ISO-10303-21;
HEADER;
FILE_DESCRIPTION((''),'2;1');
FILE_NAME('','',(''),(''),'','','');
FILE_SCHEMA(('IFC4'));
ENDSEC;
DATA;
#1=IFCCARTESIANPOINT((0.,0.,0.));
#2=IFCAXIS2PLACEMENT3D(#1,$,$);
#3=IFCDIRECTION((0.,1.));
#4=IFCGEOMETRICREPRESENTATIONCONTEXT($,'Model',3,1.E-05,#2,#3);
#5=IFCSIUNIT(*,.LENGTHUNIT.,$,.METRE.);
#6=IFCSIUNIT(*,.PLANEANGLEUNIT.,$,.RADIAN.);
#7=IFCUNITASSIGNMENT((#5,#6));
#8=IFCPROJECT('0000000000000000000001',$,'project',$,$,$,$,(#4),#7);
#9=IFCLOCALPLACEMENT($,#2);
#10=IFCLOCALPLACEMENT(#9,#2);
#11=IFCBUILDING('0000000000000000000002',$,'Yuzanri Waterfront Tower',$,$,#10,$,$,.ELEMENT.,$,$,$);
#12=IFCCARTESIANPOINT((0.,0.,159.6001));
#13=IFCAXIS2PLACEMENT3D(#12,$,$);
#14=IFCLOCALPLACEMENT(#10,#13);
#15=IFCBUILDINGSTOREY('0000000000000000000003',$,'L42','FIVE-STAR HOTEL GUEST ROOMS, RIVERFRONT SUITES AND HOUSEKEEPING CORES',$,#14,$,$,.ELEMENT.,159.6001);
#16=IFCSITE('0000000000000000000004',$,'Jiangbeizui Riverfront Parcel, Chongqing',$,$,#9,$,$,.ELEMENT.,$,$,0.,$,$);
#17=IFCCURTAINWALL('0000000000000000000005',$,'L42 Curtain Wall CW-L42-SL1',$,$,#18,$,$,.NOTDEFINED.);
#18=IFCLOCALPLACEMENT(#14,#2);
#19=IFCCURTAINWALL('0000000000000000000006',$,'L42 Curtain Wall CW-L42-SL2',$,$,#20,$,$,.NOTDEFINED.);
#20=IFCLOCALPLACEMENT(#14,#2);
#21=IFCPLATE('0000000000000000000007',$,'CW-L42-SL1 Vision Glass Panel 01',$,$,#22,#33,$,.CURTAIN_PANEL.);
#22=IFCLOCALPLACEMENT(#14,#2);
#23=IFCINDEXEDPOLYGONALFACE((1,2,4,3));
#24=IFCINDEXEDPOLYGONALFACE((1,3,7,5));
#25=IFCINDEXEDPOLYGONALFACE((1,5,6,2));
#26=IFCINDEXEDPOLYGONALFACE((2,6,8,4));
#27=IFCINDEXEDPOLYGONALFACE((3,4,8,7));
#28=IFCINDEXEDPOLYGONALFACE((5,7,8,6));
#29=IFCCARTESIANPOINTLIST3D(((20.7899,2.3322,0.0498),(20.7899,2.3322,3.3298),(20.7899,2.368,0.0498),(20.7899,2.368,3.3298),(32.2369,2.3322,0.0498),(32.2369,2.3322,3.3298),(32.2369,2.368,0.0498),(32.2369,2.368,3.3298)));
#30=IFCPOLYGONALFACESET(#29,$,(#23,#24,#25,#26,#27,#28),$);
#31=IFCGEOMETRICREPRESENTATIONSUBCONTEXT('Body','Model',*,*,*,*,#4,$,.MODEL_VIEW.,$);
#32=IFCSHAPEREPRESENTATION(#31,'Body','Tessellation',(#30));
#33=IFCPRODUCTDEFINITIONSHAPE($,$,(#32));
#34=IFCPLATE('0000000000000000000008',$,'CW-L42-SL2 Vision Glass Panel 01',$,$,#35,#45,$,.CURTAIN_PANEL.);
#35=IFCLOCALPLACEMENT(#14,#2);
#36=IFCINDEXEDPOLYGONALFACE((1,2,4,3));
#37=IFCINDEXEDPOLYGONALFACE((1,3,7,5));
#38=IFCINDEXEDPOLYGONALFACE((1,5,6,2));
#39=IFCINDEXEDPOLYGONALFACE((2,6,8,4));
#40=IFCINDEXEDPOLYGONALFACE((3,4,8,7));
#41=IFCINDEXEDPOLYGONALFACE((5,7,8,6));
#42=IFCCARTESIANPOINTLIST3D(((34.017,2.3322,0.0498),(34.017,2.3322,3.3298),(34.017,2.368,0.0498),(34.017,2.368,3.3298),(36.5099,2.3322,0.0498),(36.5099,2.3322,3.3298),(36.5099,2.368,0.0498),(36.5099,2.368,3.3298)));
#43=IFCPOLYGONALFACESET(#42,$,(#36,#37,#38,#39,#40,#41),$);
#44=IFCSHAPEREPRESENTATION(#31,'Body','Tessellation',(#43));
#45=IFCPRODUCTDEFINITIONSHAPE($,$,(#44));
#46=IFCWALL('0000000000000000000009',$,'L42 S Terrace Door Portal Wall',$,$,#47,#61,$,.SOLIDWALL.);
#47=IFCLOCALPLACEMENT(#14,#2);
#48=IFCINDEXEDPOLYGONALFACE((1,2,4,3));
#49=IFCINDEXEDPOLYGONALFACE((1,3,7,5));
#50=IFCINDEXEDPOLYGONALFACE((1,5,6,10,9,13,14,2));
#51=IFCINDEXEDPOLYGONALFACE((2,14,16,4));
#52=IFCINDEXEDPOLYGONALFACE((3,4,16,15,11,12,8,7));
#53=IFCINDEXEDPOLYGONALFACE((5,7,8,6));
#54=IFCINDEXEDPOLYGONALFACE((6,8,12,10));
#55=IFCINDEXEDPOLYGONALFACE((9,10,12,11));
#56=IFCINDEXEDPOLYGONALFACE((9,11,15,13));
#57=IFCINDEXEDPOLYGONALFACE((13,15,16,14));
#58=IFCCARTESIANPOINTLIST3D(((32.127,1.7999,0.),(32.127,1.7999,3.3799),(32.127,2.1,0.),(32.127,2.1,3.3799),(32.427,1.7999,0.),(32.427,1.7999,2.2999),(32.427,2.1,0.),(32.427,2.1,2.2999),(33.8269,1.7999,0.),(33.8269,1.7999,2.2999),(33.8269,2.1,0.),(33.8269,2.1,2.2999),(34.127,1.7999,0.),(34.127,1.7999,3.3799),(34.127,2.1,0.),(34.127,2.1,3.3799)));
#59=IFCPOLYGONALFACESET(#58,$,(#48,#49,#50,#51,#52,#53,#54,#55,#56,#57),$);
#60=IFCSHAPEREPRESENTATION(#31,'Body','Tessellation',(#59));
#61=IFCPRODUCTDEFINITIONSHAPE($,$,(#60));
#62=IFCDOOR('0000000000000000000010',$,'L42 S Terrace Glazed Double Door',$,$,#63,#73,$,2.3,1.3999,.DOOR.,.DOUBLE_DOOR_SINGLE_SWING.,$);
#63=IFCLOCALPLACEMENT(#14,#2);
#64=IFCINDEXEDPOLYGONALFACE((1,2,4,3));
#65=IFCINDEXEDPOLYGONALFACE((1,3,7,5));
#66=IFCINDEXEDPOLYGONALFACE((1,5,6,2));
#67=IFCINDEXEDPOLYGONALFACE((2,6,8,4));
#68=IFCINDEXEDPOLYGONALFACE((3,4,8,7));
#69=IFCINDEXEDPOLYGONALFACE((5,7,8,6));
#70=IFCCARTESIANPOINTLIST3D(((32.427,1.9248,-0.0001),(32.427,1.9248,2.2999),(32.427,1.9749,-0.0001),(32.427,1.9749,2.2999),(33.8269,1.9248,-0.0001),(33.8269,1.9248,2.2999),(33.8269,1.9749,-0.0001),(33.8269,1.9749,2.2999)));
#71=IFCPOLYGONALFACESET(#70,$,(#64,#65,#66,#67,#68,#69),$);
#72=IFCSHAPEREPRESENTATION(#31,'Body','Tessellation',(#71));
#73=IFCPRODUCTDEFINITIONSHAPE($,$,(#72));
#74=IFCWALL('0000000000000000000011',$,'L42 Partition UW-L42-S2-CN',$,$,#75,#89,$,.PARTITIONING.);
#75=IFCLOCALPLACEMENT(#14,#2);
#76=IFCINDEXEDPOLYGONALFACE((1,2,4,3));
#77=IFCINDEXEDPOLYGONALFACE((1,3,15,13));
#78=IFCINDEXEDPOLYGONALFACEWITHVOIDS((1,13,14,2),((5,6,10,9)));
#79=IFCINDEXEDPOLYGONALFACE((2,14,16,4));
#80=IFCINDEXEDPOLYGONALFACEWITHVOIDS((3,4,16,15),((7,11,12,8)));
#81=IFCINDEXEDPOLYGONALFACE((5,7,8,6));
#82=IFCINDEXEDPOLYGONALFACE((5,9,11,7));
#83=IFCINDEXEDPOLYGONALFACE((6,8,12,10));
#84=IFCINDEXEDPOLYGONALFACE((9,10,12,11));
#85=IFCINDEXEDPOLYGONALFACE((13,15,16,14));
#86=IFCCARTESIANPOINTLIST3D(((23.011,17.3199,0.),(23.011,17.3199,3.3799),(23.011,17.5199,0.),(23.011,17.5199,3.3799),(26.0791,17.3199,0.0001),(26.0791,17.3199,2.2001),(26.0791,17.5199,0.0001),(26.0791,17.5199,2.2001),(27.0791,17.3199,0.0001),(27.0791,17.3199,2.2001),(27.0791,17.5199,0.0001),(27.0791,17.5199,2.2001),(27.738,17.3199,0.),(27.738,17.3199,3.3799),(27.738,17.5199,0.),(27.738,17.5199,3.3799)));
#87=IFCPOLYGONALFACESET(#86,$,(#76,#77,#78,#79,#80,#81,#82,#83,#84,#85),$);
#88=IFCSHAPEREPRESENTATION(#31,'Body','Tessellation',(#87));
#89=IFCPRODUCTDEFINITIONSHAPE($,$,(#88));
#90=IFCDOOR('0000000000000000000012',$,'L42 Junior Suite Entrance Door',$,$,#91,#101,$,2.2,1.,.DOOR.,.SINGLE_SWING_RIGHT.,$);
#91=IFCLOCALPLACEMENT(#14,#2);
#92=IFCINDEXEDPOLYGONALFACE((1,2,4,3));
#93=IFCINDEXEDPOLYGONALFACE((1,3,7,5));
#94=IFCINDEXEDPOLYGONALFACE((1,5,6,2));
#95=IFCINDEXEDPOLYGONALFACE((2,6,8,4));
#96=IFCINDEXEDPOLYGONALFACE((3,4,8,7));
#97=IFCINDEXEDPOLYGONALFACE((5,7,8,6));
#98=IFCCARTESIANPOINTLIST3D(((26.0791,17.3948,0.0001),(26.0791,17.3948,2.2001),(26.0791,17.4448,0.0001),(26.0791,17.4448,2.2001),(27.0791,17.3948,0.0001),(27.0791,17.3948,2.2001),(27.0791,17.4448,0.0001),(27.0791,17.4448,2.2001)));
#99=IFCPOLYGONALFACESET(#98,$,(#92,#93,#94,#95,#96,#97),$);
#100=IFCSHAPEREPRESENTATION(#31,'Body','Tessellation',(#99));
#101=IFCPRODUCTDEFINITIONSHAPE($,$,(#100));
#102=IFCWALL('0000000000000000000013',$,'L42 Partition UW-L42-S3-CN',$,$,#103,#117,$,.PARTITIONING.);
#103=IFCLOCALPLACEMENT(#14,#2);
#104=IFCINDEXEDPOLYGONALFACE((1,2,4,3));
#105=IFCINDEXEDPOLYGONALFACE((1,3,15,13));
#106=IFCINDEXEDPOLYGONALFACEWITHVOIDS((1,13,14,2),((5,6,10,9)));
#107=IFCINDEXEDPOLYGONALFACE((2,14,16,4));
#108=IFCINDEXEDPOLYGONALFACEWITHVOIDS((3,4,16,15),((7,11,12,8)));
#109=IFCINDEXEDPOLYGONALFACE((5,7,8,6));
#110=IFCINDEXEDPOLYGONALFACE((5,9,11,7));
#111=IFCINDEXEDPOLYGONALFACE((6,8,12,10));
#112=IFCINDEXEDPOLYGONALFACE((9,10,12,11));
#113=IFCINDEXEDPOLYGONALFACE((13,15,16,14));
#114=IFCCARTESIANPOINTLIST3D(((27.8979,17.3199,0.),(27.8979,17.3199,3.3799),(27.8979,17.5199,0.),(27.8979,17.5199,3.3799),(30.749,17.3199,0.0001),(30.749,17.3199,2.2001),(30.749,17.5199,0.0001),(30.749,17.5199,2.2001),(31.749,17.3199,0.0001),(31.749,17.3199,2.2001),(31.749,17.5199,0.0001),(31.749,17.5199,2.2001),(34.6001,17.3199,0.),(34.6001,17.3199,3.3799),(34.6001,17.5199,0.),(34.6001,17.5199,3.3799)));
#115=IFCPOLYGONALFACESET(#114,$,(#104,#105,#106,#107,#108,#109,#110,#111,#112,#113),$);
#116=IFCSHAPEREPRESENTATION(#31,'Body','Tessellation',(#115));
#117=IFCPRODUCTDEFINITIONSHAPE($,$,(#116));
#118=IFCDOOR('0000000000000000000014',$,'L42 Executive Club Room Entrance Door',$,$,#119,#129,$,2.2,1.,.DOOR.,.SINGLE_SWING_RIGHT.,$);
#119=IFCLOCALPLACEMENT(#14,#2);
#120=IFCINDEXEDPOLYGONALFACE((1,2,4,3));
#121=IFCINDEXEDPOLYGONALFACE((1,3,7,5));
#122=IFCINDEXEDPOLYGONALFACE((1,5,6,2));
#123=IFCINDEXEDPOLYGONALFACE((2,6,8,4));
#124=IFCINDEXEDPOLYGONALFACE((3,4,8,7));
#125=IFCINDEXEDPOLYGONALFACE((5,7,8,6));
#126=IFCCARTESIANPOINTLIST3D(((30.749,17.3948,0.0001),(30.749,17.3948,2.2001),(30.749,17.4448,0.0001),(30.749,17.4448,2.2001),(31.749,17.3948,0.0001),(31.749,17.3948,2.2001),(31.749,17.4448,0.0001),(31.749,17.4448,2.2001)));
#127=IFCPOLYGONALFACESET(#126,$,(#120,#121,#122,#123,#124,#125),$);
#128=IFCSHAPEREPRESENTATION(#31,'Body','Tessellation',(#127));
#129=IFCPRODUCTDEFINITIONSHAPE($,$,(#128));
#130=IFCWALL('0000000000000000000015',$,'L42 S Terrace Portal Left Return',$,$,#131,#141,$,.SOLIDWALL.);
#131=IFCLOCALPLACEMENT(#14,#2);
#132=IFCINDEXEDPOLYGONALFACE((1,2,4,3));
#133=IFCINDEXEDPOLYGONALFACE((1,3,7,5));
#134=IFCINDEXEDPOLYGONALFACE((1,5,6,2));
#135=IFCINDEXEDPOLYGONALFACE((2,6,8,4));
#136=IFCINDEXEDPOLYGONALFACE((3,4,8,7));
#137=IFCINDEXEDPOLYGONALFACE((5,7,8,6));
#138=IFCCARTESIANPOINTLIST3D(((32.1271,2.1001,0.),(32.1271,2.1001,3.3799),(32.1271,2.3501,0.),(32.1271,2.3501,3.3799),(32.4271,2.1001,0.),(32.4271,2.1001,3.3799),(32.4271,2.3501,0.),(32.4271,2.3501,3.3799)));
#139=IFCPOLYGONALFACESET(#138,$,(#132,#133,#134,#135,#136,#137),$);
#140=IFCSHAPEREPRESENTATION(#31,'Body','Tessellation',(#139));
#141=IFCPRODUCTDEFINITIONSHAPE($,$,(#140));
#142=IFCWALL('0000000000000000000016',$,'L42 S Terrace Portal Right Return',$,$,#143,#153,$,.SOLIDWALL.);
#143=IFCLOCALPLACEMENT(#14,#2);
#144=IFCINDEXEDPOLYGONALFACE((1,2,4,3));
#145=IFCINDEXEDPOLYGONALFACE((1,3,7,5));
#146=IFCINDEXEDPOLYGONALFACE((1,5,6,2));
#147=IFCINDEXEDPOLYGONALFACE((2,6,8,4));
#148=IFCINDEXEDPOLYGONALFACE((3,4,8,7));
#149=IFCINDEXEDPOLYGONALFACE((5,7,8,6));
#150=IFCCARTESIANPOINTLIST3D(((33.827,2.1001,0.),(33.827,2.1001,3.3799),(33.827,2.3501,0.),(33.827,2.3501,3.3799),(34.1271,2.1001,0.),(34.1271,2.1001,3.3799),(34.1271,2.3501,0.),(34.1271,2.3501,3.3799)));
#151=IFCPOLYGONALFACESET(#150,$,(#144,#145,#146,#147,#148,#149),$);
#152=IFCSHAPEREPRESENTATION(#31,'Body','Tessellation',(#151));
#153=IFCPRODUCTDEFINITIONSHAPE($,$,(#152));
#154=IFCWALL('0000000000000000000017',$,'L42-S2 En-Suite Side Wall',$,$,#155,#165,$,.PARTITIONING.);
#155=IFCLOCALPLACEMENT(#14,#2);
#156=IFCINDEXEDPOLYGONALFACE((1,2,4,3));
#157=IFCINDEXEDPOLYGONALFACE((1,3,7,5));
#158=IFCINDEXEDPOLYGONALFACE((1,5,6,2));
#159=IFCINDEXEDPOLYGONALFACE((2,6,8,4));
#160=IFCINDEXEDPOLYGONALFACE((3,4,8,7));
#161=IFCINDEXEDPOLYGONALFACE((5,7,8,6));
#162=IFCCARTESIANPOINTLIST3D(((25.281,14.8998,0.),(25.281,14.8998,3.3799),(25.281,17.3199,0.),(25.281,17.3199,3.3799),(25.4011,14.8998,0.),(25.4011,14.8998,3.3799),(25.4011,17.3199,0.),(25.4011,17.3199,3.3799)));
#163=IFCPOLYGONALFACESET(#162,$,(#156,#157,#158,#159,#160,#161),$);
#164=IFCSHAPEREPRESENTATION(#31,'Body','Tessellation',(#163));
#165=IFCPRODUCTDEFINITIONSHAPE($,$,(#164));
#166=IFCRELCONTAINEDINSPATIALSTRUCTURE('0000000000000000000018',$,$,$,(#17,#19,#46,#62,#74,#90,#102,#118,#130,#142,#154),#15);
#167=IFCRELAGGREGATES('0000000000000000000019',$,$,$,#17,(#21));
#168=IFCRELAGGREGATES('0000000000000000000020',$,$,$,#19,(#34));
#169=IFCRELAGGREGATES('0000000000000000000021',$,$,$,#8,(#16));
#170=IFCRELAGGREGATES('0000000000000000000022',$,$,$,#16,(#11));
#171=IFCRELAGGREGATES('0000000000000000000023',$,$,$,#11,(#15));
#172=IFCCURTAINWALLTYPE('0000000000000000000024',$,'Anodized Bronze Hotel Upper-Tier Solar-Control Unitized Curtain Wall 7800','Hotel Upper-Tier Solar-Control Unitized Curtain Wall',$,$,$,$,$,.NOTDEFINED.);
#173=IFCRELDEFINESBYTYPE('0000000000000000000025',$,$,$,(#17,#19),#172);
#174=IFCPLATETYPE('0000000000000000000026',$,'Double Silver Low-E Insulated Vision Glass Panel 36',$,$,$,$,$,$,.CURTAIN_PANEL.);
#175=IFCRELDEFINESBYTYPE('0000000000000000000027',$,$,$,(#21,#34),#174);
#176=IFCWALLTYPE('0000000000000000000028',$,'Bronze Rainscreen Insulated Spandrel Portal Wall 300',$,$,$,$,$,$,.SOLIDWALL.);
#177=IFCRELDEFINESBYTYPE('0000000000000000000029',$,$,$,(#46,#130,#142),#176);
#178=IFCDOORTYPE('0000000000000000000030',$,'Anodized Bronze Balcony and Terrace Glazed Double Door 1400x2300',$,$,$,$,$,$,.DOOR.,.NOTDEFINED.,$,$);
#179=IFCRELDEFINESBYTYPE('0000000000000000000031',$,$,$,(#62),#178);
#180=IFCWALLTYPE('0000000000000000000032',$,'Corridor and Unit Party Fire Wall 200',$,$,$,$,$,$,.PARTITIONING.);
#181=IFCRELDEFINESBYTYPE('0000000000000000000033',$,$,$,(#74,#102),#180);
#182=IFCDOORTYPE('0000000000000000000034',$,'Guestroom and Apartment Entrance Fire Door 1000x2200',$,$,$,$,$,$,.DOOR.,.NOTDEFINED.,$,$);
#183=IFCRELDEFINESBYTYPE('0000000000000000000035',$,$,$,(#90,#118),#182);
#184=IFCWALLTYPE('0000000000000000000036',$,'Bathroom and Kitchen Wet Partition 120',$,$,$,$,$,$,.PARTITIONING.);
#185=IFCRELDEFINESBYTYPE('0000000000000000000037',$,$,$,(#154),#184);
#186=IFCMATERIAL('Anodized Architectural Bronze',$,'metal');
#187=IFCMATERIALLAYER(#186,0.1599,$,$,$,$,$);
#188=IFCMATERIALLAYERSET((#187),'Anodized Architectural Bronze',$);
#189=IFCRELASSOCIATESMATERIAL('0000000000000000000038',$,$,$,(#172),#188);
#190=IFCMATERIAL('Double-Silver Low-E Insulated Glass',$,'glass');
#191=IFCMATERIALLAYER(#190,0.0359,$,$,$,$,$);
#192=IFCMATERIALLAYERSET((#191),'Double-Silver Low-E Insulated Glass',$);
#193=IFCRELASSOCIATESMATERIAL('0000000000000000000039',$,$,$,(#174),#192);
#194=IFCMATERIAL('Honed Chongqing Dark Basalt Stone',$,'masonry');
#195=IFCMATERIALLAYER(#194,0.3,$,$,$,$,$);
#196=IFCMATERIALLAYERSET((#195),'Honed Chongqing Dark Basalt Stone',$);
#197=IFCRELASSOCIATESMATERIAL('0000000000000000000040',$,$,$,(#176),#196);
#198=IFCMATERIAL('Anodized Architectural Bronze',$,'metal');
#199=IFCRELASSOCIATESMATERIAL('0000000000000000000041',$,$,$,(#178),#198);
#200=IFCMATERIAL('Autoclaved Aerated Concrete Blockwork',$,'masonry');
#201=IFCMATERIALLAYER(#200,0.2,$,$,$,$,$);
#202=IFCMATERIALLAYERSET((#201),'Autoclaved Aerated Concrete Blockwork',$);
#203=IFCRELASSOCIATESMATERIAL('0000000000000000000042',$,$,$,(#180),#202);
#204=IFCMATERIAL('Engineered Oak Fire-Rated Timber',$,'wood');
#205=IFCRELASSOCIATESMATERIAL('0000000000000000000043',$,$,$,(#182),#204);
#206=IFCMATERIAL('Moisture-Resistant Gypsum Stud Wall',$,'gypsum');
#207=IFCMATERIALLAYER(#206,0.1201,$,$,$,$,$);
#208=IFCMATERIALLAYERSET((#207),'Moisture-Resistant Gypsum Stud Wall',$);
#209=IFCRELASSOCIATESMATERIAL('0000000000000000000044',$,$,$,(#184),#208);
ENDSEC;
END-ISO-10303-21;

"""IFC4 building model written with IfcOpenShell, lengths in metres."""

from ifc_helpers import new_model, si_unit, direction, frame, frame_2d, origin, origin_2d, place, context, subcontext, project, spatial, rectangle, extrude, source, transform, mapped, material, layer, layer_set, type_object, element, fill, aggregate, save


model = new_model("IFC4")

# Units and contexts
model_context = context("Model", 3, precision=1e-05, world=origin(), true_north=direction((0.0, 1.0)))
body_context = subcontext(model_context, "Body", "Model", "MODEL_VIEW")
ifc_project = project(units=[si_unit("LENGTHUNIT", "METRE"), si_unit("PLANEANGLEUNIT", "RADIAN")], contexts=[model_context])

# Site, building, storey
site_placement = place(None, origin())
site = spatial("IfcSite", under=ifc_project, at=site_placement, Name="Jiangbeizui Riverfront Parcel, Chongqing", CompositionType="ELEMENT", RefElevation=0.0)
building_placement = place(site_placement, origin())
building = spatial("IfcBuilding", under=site, at=building_placement, Name="Yuzanri Waterfront Tower", CompositionType="ELEMENT")
storey_placement = place(building_placement, frame((0.0, 0.0, 159.6001)))
storey = spatial("IfcBuildingStorey", under=building, at=storey_placement, Name="L42", Description="FIVE-STAR HOTEL GUEST ROOMS, RIVERFRONT SUITES AND HOUSEKEEPING CORES", CompositionType="ELEMENT", Elevation=159.6001)

# Curtain walls
ifc_material_1 = material(Name="Anodized Architectural Bronze", Category="metal")
ifc_layer_1 = layer(ifc_material_1, 0.1599)
ifc_layer_set_1 = layer_set([ifc_layer_1], Name="Anodized Architectural Bronze")
curtain_wall_type = type_object("IfcCurtainWallType", Name="Anodized Bronze Hotel Upper-Tier Solar-Control Unitized Curtain Wall 7800", Description="Hotel Upper-Tier Solar-Control Unitized Curtain Wall", PredefinedType="NOTDEFINED", material=ifc_layer_set_1)
curtain_wall_1_placement = place(storey_placement, origin())
curtain_wall_1 = element("IfcCurtainWall", 1, at=curtain_wall_1_placement, inside=storey, type_object=curtain_wall_type, Name="L42 Curtain Wall CW-L42-SL1", PredefinedType="NOTDEFINED")
curtain_wall_2_placement = place(storey_placement, origin())
curtain_wall_2 = element("IfcCurtainWall", 2, at=curtain_wall_2_placement, inside=storey, type_object=curtain_wall_type, Name="L42 Curtain Wall CW-L42-SL2", PredefinedType="NOTDEFINED")

# Plates
ifc_material_2 = material(Name="Double-Silver Low-E Insulated Glass", Category="glass")
ifc_layer_2 = layer(ifc_material_2, 0.0359)
ifc_layer_set_2 = layer_set([ifc_layer_2], Name="Double-Silver Low-E Insulated Glass")
plate_type = type_object("IfcPlateType", Name="Double Silver Low-E Insulated Vision Glass Panel 36", PredefinedType="CURTAIN_PANEL", material=ifc_layer_set_2)
shared_shape_1 = source(origin(), body_context, "Body", "SweptSolid", [
    extrude(rectangle(XDim=11.447, YDim=0.0359, at=origin_2d()), origin(), (0.0, 0.0, 1.0), 3.28),
])
plate_1_placement = place(storey_placement, frame((26.5134, 2.3501, 0.0498), z_axis=(0.0, 0.0, 1.0), x_axis=(1.0, 0.0, 0.0)))
plate_1 = element("IfcPlate", 3, at=plate_1_placement, type_object=plate_type, Name="CW-L42-SL1 Vision Glass Panel 01", PredefinedType="CURTAIN_PANEL", context=body_context, shape_type="MappedRepresentation", body=[
    mapped(shared_shape_1, transform((0.0, 0.0, 0.0), scale=1.0)),
])
aggregate(curtain_wall_1, [plate_1])
shared_shape_2 = source(origin(), body_context, "Body", "SweptSolid", [
    extrude(rectangle(XDim=2.4929, YDim=0.0359, at=origin_2d()), origin(), (0.0, 0.0, 1.0), 3.28),
])
plate_2_placement = place(storey_placement, frame((35.2634, 2.3501, 0.0498), z_axis=(0.0, 0.0, 1.0), x_axis=(1.0, 0.0, 0.0)))
plate_2 = element("IfcPlate", 4, at=plate_2_placement, type_object=plate_type, Name="CW-L42-SL2 Vision Glass Panel 01", PredefinedType="CURTAIN_PANEL", context=body_context, shape_type="MappedRepresentation", body=[
    mapped(shared_shape_2, transform((0.0, 0.0, 0.0), scale=1.0)),
])
aggregate(curtain_wall_2, [plate_2])

# Walls, openings, doors
ifc_material_3 = material(Name="Honed Chongqing Dark Basalt Stone", Category="masonry")
ifc_layer_3 = layer(ifc_material_3, 0.3)
ifc_layer_set_3 = layer_set([ifc_layer_3], Name="Honed Chongqing Dark Basalt Stone")
wall_type_1 = type_object("IfcWallType", Name="Bronze Rainscreen Insulated Spandrel Portal Wall 300", PredefinedType="SOLIDWALL", material=ifc_layer_set_3)
wall_1_placement = place(storey_placement, frame((32.127, 1.95, 0.0), z_axis=(0.0, 0.0, 1.0), x_axis=(1.0, 0.0, 0.0)))
wall_1 = element("IfcWall", 5, at=wall_1_placement, inside=storey, type_object=wall_type_1, Name="L42 S Terrace Door Portal Wall", PredefinedType="SOLIDWALL", context=body_context, shape_type="SweptSolid", body=[
    extrude(rectangle(XDim=2.0, YDim=0.3, at=frame_2d((1.0, 0.0))), origin(), (0.0, 0.0, 1.0), 3.3799),
])
opening_1_placement = place(wall_1_placement, frame((0.3, 0.0, 0.0)))
opening_1 = element("IfcOpeningElement", 6, at=opening_1_placement, cuts=wall_1, PredefinedType="OPENING", context=body_context, shape_type="SweptSolid", body=[
    extrude(rectangle(XDim=1.3999, YDim=2.3, at=frame_2d((0.7, 1.1499))), frame((0.0, 0.165, 0.0), z_axis=(0.0, -1.0, 0.0), x_axis=(1.0, 0.0, 0.0)), (0.0, 0.0, 1.0), 0.3298),
])
ifc_material_4 = material(Name="Anodized Architectural Bronze", Category="metal")
door_type_1 = type_object("IfcDoorType", Name="Anodized Bronze Balcony and Terrace Glazed Double Door 1400x2300", OperationType="NOTDEFINED", PredefinedType="DOOR", material=ifc_material_4)
shared_shape_3 = source(origin(), body_context, "Body", "SweptSolid", [
    extrude(rectangle(XDim=1.3999, YDim=2.3, at=frame_2d((0.7, 1.1499))), frame((0.0, 0.0249, 0.0), z_axis=(0.0, -1.0, 0.0), x_axis=(1.0, 0.0, 0.0)), (0.0, 0.0, 1.0), 0.05),
])
door_1_placement = place(opening_1_placement, origin())
door_1 = element("IfcDoor", 7, at=door_1_placement, inside=storey, type_object=door_type_1, Name="L42 S Terrace Glazed Double Door", OperationType="DOUBLE_DOOR_SINGLE_SWING", OverallHeight=2.3, OverallWidth=1.3999, PredefinedType="DOOR", context=body_context, shape_type="MappedRepresentation", body=[
    mapped(shared_shape_3, transform((0.0, 0.0, 0.0), scale=1.0)),
])
fill(opening_1, door_1)
ifc_material_5 = material(Name="Autoclaved Aerated Concrete Blockwork", Category="masonry")
ifc_layer_4 = layer(ifc_material_5, 0.2)
ifc_layer_set_4 = layer_set([ifc_layer_4], Name="Autoclaved Aerated Concrete Blockwork")
wall_type_2 = type_object("IfcWallType", Name="Corridor and Unit Party Fire Wall 200", PredefinedType="PARTITIONING", material=ifc_layer_set_4)
wall_2_placement = place(storey_placement, frame((23.011, 17.4199, 0.0), z_axis=(0.0, 0.0, 1.0), x_axis=(1.0, 0.0, 0.0)))
wall_2 = element("IfcWall", 8, at=wall_2_placement, inside=storey, type_object=wall_type_2, Name="L42 Partition UW-L42-S2-CN", PredefinedType="PARTITIONING", context=body_context, shape_type="SweptSolid", body=[
    extrude(rectangle(XDim=4.7271, YDim=0.2, at=frame_2d((2.3635, 0.0))), origin(), (0.0, 0.0, 1.0), 3.3799),
])
opening_2_placement = place(wall_2_placement, frame((3.0681, 0.0, 0.0)))
opening_2 = element("IfcOpeningElement", 9, at=opening_2_placement, cuts=wall_2, PredefinedType="OPENING", context=body_context, shape_type="SweptSolid", body=[
    extrude(rectangle(XDim=1.0, YDim=2.2, at=frame_2d((0.5, 1.1001))), frame((0.0, 0.1147, 0.0), z_axis=(0.0, -1.0, 0.0), x_axis=(1.0, 0.0, 0.0)), (0.0, 0.0, 1.0), 0.2297),
])
ifc_material_6 = material(Name="Engineered Oak Fire-Rated Timber", Category="wood")
door_type_2 = type_object("IfcDoorType", Name="Guestroom and Apartment Entrance Fire Door 1000x2200", OperationType="NOTDEFINED", PredefinedType="DOOR", material=ifc_material_6)
shared_shape_4 = source(origin(), body_context, "Body", "SweptSolid", [
    extrude(rectangle(XDim=1.0, YDim=2.2, at=frame_2d((0.5, 1.1001))), frame((0.0, 0.0249, 0.0), z_axis=(0.0, -1.0, 0.0), x_axis=(1.0, 0.0, 0.0)), (0.0, 0.0, 1.0), 0.05),
])
door_2_placement = place(opening_2_placement, origin())
door_2 = element("IfcDoor", 10, at=door_2_placement, inside=storey, type_object=door_type_2, Name="L42 Junior Suite Entrance Door", OperationType="SINGLE_SWING_RIGHT", OverallHeight=2.2, OverallWidth=1.0, PredefinedType="DOOR", context=body_context, shape_type="MappedRepresentation", body=[
    mapped(shared_shape_4, transform((0.0, 0.0, 0.0), scale=1.0)),
])
fill(opening_2, door_2)
wall_3_placement = place(storey_placement, frame((27.8979, 17.4199, 0.0), z_axis=(0.0, 0.0, 1.0), x_axis=(1.0, 0.0, 0.0)))
wall_3 = element("IfcWall", 11, at=wall_3_placement, inside=storey, type_object=wall_type_2, Name="L42 Partition UW-L42-S3-CN", PredefinedType="PARTITIONING", context=body_context, shape_type="SweptSolid", body=[
    extrude(rectangle(XDim=6.7021, YDim=0.2, at=frame_2d((3.3511, 0.0))), origin(), (0.0, 0.0, 1.0), 3.3799),
])
opening_3_placement = place(wall_3_placement, frame((2.8511, 0.0, 0.0)))
opening_3 = element("IfcOpeningElement", 12, at=opening_3_placement, cuts=wall_3, PredefinedType="OPENING", context=body_context, shape_type="SweptSolid", body=[
    extrude(rectangle(XDim=1.0, YDim=2.2, at=frame_2d((0.5, 1.1001))), frame((0.0, 0.1147, 0.0), z_axis=(0.0, -1.0, 0.0), x_axis=(1.0, 0.0, 0.0)), (0.0, 0.0, 1.0), 0.2297),
])
door_3_placement = place(opening_3_placement, origin())
door_3 = element("IfcDoor", 13, at=door_3_placement, inside=storey, type_object=door_type_2, Name="L42 Executive Club Room Entrance Door", OperationType="SINGLE_SWING_RIGHT", OverallHeight=2.2, OverallWidth=1.0, PredefinedType="DOOR", context=body_context, shape_type="MappedRepresentation", body=[
    mapped(shared_shape_4, transform((0.0, 0.0, 0.0), scale=1.0)),
])
fill(opening_3, door_3)

# Walls
shared_shape_5 = source(origin(), body_context, "Body", "SweptSolid", [
    extrude(rectangle(XDim=0.25, YDim=0.3, at=frame_2d((0.125, 0.0))), origin(), (0.0, 0.0, 1.0), 3.3799),
])
for number, where, z_axis, x_axis, name in (
    (14, (32.2771, 2.3501, 0.0), (0.0, 0.0, 1.0), (0.0, -1.0, 0.0), "L42 S Terrace Portal Left Return"),
    (15, (33.9771, 2.1001, 0.0), (0.0, 0.0, 1.0), (0.0, 1.0, 0.0), "L42 S Terrace Portal Right Return"),
):
    element("IfcWall", number, at=place(storey_placement, frame(where, z_axis=z_axis, x_axis=x_axis)), inside=storey, type_object=wall_type_1, Name=name, PredefinedType="SOLIDWALL", context=body_context, shape_type="MappedRepresentation", body=[
        mapped(shared_shape_5, transform((0.0, 0.0, 0.0), scale=1.0)),
    ])
ifc_material_7 = material(Name="Moisture-Resistant Gypsum Stud Wall", Category="gypsum")
ifc_layer_5 = layer(ifc_material_7, 0.1201)
ifc_layer_set_5 = layer_set([ifc_layer_5], Name="Moisture-Resistant Gypsum Stud Wall")
wall_type_3 = type_object("IfcWallType", Name="Bathroom and Kitchen Wet Partition 120", PredefinedType="PARTITIONING", material=ifc_layer_set_5)
shared_shape_6 = source(origin(), body_context, "Body", "SweptSolid", [
    extrude(rectangle(XDim=2.4202, YDim=0.1201, at=frame_2d((1.21, 0.0))), origin(), (0.0, 0.0, 1.0), 3.3799),
])
wall_4_placement = place(storey_placement, frame((25.3411, 14.8999, 0.0), z_axis=(0.0, 0.0, 1.0), x_axis=(0.0, 1.0, 0.0)))
element("IfcWall", 16, at=wall_4_placement, inside=storey, type_object=wall_type_3, Name="L42-S2 En-Suite Side Wall", PredefinedType="PARTITIONING", context=body_context, shape_type="MappedRepresentation", body=[
    mapped(shared_shape_6, transform((0.0, 0.0, 0.0), scale=1.0)),
])

save(model, "model.ifc")
